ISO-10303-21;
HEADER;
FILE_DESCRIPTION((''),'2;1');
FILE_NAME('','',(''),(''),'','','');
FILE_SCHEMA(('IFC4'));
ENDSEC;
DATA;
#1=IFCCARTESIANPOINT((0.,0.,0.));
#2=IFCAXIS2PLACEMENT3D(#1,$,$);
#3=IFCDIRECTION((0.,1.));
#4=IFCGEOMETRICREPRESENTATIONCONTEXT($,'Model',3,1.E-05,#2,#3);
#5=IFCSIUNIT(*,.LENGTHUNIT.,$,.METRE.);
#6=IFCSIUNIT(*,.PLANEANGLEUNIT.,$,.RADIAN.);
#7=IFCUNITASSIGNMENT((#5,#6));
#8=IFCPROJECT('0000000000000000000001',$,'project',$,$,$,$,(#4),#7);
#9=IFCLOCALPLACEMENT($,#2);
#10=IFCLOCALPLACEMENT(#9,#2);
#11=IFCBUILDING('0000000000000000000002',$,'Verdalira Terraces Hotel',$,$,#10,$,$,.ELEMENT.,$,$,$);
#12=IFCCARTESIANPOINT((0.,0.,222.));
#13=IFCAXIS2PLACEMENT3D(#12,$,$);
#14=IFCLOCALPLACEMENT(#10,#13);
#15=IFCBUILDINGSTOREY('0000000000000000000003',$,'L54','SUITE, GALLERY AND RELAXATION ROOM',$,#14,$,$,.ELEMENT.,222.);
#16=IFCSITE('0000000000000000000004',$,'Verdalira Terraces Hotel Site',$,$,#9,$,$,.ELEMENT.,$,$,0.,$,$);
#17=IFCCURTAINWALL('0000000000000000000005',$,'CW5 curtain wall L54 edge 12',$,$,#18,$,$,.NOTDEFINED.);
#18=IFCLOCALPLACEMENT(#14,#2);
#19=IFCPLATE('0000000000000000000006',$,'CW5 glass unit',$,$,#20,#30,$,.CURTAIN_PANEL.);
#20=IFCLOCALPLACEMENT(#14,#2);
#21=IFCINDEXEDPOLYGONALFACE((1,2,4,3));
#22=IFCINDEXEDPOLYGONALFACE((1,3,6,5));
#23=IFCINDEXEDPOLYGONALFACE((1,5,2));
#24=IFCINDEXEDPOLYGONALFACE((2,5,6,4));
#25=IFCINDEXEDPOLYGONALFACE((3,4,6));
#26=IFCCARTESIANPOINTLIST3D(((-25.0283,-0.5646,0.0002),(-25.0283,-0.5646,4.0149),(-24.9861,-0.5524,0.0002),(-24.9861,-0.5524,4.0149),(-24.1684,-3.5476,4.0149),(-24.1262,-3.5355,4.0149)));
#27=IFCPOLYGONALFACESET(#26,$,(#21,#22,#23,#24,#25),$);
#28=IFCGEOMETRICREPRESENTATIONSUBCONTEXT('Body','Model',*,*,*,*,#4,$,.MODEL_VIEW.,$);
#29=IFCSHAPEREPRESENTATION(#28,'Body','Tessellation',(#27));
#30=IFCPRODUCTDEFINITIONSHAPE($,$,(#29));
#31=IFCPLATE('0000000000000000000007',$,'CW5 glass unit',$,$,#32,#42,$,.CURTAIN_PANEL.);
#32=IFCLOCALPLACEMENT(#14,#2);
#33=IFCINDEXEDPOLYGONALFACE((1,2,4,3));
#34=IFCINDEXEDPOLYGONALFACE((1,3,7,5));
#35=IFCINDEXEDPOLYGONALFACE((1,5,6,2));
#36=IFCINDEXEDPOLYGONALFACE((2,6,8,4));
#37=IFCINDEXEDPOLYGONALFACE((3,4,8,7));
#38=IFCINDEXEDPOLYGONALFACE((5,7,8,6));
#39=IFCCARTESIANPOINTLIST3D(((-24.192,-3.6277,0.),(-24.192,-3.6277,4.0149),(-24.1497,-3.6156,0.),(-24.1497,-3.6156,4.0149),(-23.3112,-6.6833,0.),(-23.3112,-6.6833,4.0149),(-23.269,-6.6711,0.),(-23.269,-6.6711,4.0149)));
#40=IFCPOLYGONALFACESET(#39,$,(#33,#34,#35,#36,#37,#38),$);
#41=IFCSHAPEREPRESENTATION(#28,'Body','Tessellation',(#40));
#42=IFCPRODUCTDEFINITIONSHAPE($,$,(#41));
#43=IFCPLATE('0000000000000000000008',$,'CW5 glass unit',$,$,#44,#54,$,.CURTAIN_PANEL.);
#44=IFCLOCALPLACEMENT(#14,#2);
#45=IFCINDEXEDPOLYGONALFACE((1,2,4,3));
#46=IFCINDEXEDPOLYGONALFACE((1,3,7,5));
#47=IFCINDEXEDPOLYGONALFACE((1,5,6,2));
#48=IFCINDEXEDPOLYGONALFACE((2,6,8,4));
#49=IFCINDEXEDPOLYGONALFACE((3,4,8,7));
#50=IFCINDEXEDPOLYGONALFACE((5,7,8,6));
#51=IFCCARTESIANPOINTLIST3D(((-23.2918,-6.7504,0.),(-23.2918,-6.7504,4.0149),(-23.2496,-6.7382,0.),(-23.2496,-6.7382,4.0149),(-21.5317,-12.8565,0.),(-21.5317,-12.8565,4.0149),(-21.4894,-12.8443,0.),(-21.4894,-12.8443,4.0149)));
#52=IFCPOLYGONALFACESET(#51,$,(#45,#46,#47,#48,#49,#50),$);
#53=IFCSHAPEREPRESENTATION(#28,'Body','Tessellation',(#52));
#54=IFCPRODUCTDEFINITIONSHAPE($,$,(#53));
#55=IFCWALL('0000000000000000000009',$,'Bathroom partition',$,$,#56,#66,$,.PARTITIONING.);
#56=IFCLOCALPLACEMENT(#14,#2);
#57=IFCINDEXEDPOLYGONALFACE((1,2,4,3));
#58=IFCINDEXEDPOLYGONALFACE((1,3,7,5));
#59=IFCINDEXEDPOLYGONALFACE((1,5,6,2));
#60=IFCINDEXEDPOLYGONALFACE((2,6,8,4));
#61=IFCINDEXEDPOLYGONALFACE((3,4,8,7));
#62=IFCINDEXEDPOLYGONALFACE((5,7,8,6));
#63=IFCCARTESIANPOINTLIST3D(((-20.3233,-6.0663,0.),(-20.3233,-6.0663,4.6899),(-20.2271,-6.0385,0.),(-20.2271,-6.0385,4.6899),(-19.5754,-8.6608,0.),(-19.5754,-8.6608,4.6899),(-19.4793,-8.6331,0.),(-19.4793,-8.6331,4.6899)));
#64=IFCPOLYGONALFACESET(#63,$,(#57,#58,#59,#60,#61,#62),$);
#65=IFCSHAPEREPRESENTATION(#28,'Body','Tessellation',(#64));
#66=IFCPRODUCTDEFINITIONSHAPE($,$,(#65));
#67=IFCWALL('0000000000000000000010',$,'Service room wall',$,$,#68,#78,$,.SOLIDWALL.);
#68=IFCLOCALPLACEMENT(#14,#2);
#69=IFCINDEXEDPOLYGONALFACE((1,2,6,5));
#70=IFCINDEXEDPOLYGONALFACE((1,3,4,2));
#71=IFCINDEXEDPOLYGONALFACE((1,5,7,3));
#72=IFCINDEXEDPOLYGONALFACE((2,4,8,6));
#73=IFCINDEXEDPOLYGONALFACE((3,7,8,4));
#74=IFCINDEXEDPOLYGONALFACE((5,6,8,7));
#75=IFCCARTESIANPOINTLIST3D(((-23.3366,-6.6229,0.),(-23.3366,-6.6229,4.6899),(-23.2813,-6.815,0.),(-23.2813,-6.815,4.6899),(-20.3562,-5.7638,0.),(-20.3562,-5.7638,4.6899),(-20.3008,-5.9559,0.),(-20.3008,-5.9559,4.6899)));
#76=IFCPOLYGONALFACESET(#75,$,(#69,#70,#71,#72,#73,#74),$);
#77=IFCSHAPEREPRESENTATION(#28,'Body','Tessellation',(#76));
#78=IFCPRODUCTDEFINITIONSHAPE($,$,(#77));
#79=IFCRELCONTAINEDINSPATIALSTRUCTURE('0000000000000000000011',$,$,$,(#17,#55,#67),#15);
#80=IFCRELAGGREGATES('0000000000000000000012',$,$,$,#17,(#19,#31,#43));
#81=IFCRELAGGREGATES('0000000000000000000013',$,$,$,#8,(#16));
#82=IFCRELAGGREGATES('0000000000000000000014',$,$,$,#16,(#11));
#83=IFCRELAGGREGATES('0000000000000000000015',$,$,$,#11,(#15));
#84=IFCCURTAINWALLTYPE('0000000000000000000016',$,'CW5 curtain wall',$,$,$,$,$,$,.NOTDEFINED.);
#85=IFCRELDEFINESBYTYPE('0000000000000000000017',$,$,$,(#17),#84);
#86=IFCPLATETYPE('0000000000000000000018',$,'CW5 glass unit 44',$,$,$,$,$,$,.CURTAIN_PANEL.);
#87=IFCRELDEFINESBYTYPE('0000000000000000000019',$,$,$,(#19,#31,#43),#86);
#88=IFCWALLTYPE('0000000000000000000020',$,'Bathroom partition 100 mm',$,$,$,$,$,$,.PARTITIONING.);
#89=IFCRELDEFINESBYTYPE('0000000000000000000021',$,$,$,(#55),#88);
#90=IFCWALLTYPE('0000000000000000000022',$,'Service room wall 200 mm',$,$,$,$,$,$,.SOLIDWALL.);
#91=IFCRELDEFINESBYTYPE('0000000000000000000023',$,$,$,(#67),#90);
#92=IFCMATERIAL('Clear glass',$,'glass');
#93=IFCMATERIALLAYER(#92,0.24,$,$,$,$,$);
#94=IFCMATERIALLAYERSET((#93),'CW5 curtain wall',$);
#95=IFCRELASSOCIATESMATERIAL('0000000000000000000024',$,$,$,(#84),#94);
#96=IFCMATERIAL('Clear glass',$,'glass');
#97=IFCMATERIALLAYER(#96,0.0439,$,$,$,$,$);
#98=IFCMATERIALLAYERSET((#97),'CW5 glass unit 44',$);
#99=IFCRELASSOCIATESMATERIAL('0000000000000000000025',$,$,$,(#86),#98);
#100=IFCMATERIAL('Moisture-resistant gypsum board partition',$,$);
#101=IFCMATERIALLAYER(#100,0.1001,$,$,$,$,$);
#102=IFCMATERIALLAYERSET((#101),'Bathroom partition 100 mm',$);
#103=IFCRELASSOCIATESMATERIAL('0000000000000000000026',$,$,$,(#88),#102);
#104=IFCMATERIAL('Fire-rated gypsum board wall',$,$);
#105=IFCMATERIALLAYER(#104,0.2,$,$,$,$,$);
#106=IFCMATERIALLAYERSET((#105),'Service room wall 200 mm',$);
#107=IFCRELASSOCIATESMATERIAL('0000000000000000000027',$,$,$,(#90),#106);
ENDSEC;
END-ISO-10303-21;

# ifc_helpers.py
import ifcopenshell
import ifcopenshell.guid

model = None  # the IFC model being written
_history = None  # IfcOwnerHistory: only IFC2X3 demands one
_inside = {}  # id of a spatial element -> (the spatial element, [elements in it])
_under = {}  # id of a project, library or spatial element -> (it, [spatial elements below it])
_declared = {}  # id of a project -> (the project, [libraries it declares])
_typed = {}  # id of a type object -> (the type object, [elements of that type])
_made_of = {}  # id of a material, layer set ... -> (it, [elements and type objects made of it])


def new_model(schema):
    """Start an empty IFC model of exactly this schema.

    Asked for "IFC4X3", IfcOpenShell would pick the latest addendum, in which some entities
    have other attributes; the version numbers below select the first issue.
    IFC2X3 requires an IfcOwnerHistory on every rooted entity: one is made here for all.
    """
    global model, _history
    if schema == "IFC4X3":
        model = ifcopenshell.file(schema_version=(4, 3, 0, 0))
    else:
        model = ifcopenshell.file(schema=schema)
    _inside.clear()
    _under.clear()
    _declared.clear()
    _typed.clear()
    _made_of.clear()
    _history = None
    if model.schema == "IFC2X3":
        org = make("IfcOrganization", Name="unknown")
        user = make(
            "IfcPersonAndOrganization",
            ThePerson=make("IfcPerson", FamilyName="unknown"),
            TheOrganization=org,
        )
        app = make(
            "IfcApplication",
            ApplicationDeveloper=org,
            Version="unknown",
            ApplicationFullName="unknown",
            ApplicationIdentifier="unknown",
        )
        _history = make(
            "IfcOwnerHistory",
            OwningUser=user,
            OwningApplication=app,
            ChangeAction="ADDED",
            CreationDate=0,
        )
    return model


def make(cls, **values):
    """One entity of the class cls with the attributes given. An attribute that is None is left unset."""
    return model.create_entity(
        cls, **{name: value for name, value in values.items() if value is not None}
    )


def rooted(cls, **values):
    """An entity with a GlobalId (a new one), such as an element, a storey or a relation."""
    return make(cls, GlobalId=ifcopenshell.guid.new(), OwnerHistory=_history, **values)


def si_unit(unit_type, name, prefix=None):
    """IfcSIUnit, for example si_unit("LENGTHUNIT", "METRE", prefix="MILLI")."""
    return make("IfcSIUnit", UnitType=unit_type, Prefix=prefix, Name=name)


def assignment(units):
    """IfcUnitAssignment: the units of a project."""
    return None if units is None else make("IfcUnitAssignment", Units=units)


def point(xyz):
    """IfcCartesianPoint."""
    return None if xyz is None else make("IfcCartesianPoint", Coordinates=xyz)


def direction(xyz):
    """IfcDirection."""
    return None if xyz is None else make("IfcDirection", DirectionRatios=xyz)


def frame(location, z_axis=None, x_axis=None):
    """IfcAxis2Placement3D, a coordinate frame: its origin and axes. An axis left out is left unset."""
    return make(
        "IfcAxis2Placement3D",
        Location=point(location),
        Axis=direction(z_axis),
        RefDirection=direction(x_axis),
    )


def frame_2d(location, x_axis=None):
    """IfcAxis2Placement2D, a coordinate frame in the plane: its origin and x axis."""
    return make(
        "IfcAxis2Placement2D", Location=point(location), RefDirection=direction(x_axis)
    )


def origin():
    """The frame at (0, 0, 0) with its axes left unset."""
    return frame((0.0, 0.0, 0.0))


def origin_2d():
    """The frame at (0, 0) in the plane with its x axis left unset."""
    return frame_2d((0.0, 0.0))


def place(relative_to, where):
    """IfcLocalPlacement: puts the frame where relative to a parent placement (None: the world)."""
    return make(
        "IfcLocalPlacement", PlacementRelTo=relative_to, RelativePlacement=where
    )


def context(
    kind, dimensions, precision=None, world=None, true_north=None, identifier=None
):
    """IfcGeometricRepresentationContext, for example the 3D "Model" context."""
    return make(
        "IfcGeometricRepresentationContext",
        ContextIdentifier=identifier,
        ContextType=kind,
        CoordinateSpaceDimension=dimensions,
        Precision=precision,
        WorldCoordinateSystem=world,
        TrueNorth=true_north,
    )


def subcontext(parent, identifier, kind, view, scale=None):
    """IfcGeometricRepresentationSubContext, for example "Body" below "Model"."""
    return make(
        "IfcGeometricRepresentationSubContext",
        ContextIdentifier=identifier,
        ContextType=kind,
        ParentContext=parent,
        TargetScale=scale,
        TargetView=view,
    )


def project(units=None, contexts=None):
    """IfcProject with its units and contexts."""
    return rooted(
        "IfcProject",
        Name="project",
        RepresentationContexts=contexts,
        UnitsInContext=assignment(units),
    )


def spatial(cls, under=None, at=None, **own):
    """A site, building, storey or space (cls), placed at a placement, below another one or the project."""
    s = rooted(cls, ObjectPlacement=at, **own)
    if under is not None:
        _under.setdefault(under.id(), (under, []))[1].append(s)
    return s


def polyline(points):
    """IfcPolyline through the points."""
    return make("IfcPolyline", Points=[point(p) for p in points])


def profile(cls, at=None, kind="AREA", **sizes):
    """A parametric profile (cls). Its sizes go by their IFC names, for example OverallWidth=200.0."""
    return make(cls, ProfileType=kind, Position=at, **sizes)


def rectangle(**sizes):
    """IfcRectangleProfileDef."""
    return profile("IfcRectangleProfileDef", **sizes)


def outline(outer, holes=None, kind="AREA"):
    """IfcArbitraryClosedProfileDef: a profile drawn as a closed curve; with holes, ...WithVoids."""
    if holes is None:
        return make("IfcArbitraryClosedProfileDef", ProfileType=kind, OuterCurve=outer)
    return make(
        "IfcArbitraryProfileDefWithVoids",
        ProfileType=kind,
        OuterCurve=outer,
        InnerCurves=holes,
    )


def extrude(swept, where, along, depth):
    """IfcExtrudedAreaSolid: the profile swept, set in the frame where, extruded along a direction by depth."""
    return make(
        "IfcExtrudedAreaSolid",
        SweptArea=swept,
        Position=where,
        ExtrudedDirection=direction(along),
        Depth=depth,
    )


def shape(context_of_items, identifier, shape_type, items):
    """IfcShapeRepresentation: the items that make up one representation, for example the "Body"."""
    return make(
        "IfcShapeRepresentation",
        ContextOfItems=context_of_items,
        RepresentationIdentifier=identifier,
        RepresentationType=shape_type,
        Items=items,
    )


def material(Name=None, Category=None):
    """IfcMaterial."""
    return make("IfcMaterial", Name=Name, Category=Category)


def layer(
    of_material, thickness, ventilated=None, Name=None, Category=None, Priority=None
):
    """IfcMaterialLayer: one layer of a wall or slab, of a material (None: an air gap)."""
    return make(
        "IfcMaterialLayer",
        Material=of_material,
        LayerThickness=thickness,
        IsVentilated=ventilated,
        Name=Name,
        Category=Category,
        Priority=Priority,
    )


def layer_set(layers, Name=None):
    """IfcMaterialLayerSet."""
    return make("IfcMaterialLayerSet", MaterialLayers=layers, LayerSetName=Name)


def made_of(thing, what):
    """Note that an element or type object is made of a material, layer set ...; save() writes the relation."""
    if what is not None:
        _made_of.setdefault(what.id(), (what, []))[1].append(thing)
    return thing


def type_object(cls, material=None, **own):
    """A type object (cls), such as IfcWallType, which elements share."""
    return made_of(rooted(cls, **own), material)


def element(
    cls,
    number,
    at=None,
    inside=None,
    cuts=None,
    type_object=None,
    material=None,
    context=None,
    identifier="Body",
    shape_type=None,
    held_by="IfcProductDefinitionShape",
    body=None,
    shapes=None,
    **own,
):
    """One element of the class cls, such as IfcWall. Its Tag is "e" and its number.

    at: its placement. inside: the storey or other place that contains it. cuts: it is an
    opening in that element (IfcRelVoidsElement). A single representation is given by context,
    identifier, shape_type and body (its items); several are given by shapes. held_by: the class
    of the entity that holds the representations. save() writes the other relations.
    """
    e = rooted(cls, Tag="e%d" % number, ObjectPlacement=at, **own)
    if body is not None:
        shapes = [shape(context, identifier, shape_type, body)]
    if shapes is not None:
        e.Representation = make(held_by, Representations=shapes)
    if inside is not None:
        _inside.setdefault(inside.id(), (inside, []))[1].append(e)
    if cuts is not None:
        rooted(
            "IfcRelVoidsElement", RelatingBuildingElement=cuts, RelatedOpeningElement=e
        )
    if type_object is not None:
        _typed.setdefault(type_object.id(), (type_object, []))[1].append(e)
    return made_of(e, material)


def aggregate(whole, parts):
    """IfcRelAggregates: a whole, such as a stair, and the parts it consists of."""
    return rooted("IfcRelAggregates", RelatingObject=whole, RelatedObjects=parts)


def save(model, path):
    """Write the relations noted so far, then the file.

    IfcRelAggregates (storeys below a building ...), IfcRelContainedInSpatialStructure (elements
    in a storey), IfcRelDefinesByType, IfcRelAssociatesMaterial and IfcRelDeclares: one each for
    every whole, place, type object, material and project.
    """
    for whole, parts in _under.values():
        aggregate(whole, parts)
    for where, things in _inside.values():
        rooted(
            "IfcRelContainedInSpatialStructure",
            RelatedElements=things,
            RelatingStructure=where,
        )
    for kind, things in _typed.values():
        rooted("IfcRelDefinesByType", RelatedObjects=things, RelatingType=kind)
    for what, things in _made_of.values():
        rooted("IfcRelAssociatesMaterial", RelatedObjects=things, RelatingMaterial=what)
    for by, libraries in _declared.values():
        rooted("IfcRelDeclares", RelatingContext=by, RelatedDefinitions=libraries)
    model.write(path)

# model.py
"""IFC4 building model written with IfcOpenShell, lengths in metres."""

from ifc_helpers import new_model, si_unit, direction, frame, frame_2d, origin, origin_2d, place, context, subcontext, project, spatial, polyline, rectangle, outline, extrude, material, layer, layer_set, type_object, element, aggregate, save


model = new_model("IFC4")

# Units and contexts
model_context = context("Model", 3, precision=1e-05, world=origin(), true_north=direction((0.0, 1.0)))
body_context = subcontext(model_context, "Body", "Model", "MODEL_VIEW")
ifc_project = project(units=[si_unit("LENGTHUNIT", "METRE"), si_unit("PLANEANGLEUNIT", "RADIAN")], contexts=[model_context])

# Site, building, storey
site_placement = place(None, origin())
site = spatial("IfcSite", under=ifc_project, at=site_placement, Name="Verdalira Terraces Hotel Site", CompositionType="ELEMENT", RefElevation=0.0)
building_placement = place(site_placement, origin())
building = spatial("IfcBuilding", under=site, at=building_placement, Name="Verdalira Terraces Hotel", CompositionType="ELEMENT")
storey_placement = place(building_placement, frame((0.0, 0.0, 222.0)))
storey = spatial("IfcBuildingStorey", under=building, at=storey_placement, Name="L54", Description="SUITE, GALLERY AND RELAXATION ROOM", CompositionType="ELEMENT", Elevation=222.0)

# Shared definitions
ifc_material_1 = material(Name="Clear glass", Category="glass")
ifc_layer_1 = layer(ifc_material_1, 0.24)
ifc_layer_set_1 = layer_set([ifc_layer_1], Name="CW5 curtain wall")
curtain_wall_type = type_object("IfcCurtainWallType", Name="CW5 curtain wall", PredefinedType="NOTDEFINED", material=ifc_layer_set_1)

# Curtain wall
curtain_wall_1_placement = place(storey_placement, origin())
curtain_wall_1 = element("IfcCurtainWall", 1, at=curtain_wall_1_placement, inside=storey, type_object=curtain_wall_type, Name="CW5 curtain wall L54 edge 12", PredefinedType="NOTDEFINED")

# Plates
ifc_material_2 = material(Name="Clear glass", Category="glass")
ifc_layer_2 = layer(ifc_material_2, 0.0439)
ifc_layer_set_2 = layer_set([ifc_layer_2], Name="CW5 glass unit 44")
plate_type = type_object("IfcPlateType", Name="CW5 glass unit 44", PredefinedType="CURTAIN_PANEL", material=ifc_layer_set_2)
plate_1_placement = place(storey_placement, frame((-24.5562, -2.0439, 2.0076), z_axis=(-0.960876, -0.276979, 0.0), x_axis=(0.276979, -0.960876, 0.0)))
plate_1 = element("IfcPlate", 2, at=plate_1_placement, type_object=plate_type, Name="CW5 glass unit", PredefinedType="CURTAIN_PANEL", context=body_context, shape_type="SweptSolid", body=[
    extrude(outline(polyline([(-1.5522, -2.0073), (1.5522, 2.0073), (-1.5522, 2.0073), (-1.5522, -2.0073)])), origin(), (0.0, 0.0, 1.0), 0.0439),
])
plate_2_placement = place(storey_placement, frame((-23.7305, -5.1494, 0.0), z_axis=(0.0, 0.0, 1.0), x_axis=(0.276979, -0.960876, 0.0)))
plate_2 = element("IfcPlate", 3, at=plate_2_placement, type_object=plate_type, Name="CW5 glass unit", PredefinedType="CURTAIN_PANEL", context=body_context, shape_type="SweptSolid", body=[
    extrude(rectangle(XDim=3.1799, YDim=0.0439, at=origin_2d()), origin(), (0.0, 0.0, 1.0), 4.0149),
])
plate_3_placement = place(storey_placement, frame((-22.3906, -9.7974, 0.0), z_axis=(0.0, 0.0, 1.0), x_axis=(0.276979, -0.960876, 0.0)))
plate_3 = element("IfcPlate", 4, at=plate_3_placement, type_object=plate_type, Name="CW5 glass unit", PredefinedType="CURTAIN_PANEL", context=body_context, shape_type="SweptSolid", body=[
    extrude(rectangle(XDim=6.3547, YDim=0.0439, at=origin_2d()), origin(), (0.0, 0.0, 1.0), 4.0149),
])
aggregate(curtain_wall_1, [plate_1, plate_2, plate_3])

# Walls
ifc_material_3 = material(Name="Moisture-resistant gypsum board partition")
ifc_layer_3 = layer(ifc_material_3, 0.1001)
ifc_layer_set_3 = layer_set([ifc_layer_3], Name="Bathroom partition 100 mm")
wall_type_1 = type_object("IfcWallType", Name="Bathroom partition 100 mm", PredefinedType="PARTITIONING", material=ifc_layer_set_3)
wall_1_placement = place(storey_placement, frame((-19.5273, -8.647, 0.0), z_axis=(0.0, 0.0, 1.0), x_axis=(-0.276954, 0.960883, 0.0)))
element("IfcWall", 5, at=wall_1_placement, inside=storey, type_object=wall_type_1, Name="Bathroom partition", PredefinedType="PARTITIONING", context=body_context, shape_type="SweptSolid", body=[
    extrude(rectangle(XDim=2.7002, YDim=0.1001, at=frame_2d((1.3501, 0.0))), origin(), (0.0, 0.0, 1.0), 4.6899),
])
ifc_material_4 = material(Name="Fire-rated gypsum board wall")
ifc_layer_4 = layer(ifc_material_4, 0.2)
ifc_layer_set_4 = layer_set([ifc_layer_4], Name="Service room wall 200 mm")
wall_type_2 = type_object("IfcWallType", Name="Service room wall 200 mm", PredefinedType="SOLIDWALL", material=ifc_layer_set_4)
wall_2_placement = place(storey_placement, frame((-20.3286, -5.8599, 0.0), z_axis=(0.0, 0.0, 1.0), x_axis=(-0.960877, -0.276976, 0.0)))
element("IfcWall", 6, at=wall_2_placement, inside=storey, type_object=wall_type_2, Name="Service room wall", PredefinedType="SOLIDWALL", context=body_context, shape_type="SweptSolid", body=[
    extrude(rectangle(XDim=3.1018, YDim=0.2, at=frame_2d((1.5508, 0.0))), origin(), (0.0, 0.0, 1.0), 4.6899),
])

save(model, "model.ifc")
